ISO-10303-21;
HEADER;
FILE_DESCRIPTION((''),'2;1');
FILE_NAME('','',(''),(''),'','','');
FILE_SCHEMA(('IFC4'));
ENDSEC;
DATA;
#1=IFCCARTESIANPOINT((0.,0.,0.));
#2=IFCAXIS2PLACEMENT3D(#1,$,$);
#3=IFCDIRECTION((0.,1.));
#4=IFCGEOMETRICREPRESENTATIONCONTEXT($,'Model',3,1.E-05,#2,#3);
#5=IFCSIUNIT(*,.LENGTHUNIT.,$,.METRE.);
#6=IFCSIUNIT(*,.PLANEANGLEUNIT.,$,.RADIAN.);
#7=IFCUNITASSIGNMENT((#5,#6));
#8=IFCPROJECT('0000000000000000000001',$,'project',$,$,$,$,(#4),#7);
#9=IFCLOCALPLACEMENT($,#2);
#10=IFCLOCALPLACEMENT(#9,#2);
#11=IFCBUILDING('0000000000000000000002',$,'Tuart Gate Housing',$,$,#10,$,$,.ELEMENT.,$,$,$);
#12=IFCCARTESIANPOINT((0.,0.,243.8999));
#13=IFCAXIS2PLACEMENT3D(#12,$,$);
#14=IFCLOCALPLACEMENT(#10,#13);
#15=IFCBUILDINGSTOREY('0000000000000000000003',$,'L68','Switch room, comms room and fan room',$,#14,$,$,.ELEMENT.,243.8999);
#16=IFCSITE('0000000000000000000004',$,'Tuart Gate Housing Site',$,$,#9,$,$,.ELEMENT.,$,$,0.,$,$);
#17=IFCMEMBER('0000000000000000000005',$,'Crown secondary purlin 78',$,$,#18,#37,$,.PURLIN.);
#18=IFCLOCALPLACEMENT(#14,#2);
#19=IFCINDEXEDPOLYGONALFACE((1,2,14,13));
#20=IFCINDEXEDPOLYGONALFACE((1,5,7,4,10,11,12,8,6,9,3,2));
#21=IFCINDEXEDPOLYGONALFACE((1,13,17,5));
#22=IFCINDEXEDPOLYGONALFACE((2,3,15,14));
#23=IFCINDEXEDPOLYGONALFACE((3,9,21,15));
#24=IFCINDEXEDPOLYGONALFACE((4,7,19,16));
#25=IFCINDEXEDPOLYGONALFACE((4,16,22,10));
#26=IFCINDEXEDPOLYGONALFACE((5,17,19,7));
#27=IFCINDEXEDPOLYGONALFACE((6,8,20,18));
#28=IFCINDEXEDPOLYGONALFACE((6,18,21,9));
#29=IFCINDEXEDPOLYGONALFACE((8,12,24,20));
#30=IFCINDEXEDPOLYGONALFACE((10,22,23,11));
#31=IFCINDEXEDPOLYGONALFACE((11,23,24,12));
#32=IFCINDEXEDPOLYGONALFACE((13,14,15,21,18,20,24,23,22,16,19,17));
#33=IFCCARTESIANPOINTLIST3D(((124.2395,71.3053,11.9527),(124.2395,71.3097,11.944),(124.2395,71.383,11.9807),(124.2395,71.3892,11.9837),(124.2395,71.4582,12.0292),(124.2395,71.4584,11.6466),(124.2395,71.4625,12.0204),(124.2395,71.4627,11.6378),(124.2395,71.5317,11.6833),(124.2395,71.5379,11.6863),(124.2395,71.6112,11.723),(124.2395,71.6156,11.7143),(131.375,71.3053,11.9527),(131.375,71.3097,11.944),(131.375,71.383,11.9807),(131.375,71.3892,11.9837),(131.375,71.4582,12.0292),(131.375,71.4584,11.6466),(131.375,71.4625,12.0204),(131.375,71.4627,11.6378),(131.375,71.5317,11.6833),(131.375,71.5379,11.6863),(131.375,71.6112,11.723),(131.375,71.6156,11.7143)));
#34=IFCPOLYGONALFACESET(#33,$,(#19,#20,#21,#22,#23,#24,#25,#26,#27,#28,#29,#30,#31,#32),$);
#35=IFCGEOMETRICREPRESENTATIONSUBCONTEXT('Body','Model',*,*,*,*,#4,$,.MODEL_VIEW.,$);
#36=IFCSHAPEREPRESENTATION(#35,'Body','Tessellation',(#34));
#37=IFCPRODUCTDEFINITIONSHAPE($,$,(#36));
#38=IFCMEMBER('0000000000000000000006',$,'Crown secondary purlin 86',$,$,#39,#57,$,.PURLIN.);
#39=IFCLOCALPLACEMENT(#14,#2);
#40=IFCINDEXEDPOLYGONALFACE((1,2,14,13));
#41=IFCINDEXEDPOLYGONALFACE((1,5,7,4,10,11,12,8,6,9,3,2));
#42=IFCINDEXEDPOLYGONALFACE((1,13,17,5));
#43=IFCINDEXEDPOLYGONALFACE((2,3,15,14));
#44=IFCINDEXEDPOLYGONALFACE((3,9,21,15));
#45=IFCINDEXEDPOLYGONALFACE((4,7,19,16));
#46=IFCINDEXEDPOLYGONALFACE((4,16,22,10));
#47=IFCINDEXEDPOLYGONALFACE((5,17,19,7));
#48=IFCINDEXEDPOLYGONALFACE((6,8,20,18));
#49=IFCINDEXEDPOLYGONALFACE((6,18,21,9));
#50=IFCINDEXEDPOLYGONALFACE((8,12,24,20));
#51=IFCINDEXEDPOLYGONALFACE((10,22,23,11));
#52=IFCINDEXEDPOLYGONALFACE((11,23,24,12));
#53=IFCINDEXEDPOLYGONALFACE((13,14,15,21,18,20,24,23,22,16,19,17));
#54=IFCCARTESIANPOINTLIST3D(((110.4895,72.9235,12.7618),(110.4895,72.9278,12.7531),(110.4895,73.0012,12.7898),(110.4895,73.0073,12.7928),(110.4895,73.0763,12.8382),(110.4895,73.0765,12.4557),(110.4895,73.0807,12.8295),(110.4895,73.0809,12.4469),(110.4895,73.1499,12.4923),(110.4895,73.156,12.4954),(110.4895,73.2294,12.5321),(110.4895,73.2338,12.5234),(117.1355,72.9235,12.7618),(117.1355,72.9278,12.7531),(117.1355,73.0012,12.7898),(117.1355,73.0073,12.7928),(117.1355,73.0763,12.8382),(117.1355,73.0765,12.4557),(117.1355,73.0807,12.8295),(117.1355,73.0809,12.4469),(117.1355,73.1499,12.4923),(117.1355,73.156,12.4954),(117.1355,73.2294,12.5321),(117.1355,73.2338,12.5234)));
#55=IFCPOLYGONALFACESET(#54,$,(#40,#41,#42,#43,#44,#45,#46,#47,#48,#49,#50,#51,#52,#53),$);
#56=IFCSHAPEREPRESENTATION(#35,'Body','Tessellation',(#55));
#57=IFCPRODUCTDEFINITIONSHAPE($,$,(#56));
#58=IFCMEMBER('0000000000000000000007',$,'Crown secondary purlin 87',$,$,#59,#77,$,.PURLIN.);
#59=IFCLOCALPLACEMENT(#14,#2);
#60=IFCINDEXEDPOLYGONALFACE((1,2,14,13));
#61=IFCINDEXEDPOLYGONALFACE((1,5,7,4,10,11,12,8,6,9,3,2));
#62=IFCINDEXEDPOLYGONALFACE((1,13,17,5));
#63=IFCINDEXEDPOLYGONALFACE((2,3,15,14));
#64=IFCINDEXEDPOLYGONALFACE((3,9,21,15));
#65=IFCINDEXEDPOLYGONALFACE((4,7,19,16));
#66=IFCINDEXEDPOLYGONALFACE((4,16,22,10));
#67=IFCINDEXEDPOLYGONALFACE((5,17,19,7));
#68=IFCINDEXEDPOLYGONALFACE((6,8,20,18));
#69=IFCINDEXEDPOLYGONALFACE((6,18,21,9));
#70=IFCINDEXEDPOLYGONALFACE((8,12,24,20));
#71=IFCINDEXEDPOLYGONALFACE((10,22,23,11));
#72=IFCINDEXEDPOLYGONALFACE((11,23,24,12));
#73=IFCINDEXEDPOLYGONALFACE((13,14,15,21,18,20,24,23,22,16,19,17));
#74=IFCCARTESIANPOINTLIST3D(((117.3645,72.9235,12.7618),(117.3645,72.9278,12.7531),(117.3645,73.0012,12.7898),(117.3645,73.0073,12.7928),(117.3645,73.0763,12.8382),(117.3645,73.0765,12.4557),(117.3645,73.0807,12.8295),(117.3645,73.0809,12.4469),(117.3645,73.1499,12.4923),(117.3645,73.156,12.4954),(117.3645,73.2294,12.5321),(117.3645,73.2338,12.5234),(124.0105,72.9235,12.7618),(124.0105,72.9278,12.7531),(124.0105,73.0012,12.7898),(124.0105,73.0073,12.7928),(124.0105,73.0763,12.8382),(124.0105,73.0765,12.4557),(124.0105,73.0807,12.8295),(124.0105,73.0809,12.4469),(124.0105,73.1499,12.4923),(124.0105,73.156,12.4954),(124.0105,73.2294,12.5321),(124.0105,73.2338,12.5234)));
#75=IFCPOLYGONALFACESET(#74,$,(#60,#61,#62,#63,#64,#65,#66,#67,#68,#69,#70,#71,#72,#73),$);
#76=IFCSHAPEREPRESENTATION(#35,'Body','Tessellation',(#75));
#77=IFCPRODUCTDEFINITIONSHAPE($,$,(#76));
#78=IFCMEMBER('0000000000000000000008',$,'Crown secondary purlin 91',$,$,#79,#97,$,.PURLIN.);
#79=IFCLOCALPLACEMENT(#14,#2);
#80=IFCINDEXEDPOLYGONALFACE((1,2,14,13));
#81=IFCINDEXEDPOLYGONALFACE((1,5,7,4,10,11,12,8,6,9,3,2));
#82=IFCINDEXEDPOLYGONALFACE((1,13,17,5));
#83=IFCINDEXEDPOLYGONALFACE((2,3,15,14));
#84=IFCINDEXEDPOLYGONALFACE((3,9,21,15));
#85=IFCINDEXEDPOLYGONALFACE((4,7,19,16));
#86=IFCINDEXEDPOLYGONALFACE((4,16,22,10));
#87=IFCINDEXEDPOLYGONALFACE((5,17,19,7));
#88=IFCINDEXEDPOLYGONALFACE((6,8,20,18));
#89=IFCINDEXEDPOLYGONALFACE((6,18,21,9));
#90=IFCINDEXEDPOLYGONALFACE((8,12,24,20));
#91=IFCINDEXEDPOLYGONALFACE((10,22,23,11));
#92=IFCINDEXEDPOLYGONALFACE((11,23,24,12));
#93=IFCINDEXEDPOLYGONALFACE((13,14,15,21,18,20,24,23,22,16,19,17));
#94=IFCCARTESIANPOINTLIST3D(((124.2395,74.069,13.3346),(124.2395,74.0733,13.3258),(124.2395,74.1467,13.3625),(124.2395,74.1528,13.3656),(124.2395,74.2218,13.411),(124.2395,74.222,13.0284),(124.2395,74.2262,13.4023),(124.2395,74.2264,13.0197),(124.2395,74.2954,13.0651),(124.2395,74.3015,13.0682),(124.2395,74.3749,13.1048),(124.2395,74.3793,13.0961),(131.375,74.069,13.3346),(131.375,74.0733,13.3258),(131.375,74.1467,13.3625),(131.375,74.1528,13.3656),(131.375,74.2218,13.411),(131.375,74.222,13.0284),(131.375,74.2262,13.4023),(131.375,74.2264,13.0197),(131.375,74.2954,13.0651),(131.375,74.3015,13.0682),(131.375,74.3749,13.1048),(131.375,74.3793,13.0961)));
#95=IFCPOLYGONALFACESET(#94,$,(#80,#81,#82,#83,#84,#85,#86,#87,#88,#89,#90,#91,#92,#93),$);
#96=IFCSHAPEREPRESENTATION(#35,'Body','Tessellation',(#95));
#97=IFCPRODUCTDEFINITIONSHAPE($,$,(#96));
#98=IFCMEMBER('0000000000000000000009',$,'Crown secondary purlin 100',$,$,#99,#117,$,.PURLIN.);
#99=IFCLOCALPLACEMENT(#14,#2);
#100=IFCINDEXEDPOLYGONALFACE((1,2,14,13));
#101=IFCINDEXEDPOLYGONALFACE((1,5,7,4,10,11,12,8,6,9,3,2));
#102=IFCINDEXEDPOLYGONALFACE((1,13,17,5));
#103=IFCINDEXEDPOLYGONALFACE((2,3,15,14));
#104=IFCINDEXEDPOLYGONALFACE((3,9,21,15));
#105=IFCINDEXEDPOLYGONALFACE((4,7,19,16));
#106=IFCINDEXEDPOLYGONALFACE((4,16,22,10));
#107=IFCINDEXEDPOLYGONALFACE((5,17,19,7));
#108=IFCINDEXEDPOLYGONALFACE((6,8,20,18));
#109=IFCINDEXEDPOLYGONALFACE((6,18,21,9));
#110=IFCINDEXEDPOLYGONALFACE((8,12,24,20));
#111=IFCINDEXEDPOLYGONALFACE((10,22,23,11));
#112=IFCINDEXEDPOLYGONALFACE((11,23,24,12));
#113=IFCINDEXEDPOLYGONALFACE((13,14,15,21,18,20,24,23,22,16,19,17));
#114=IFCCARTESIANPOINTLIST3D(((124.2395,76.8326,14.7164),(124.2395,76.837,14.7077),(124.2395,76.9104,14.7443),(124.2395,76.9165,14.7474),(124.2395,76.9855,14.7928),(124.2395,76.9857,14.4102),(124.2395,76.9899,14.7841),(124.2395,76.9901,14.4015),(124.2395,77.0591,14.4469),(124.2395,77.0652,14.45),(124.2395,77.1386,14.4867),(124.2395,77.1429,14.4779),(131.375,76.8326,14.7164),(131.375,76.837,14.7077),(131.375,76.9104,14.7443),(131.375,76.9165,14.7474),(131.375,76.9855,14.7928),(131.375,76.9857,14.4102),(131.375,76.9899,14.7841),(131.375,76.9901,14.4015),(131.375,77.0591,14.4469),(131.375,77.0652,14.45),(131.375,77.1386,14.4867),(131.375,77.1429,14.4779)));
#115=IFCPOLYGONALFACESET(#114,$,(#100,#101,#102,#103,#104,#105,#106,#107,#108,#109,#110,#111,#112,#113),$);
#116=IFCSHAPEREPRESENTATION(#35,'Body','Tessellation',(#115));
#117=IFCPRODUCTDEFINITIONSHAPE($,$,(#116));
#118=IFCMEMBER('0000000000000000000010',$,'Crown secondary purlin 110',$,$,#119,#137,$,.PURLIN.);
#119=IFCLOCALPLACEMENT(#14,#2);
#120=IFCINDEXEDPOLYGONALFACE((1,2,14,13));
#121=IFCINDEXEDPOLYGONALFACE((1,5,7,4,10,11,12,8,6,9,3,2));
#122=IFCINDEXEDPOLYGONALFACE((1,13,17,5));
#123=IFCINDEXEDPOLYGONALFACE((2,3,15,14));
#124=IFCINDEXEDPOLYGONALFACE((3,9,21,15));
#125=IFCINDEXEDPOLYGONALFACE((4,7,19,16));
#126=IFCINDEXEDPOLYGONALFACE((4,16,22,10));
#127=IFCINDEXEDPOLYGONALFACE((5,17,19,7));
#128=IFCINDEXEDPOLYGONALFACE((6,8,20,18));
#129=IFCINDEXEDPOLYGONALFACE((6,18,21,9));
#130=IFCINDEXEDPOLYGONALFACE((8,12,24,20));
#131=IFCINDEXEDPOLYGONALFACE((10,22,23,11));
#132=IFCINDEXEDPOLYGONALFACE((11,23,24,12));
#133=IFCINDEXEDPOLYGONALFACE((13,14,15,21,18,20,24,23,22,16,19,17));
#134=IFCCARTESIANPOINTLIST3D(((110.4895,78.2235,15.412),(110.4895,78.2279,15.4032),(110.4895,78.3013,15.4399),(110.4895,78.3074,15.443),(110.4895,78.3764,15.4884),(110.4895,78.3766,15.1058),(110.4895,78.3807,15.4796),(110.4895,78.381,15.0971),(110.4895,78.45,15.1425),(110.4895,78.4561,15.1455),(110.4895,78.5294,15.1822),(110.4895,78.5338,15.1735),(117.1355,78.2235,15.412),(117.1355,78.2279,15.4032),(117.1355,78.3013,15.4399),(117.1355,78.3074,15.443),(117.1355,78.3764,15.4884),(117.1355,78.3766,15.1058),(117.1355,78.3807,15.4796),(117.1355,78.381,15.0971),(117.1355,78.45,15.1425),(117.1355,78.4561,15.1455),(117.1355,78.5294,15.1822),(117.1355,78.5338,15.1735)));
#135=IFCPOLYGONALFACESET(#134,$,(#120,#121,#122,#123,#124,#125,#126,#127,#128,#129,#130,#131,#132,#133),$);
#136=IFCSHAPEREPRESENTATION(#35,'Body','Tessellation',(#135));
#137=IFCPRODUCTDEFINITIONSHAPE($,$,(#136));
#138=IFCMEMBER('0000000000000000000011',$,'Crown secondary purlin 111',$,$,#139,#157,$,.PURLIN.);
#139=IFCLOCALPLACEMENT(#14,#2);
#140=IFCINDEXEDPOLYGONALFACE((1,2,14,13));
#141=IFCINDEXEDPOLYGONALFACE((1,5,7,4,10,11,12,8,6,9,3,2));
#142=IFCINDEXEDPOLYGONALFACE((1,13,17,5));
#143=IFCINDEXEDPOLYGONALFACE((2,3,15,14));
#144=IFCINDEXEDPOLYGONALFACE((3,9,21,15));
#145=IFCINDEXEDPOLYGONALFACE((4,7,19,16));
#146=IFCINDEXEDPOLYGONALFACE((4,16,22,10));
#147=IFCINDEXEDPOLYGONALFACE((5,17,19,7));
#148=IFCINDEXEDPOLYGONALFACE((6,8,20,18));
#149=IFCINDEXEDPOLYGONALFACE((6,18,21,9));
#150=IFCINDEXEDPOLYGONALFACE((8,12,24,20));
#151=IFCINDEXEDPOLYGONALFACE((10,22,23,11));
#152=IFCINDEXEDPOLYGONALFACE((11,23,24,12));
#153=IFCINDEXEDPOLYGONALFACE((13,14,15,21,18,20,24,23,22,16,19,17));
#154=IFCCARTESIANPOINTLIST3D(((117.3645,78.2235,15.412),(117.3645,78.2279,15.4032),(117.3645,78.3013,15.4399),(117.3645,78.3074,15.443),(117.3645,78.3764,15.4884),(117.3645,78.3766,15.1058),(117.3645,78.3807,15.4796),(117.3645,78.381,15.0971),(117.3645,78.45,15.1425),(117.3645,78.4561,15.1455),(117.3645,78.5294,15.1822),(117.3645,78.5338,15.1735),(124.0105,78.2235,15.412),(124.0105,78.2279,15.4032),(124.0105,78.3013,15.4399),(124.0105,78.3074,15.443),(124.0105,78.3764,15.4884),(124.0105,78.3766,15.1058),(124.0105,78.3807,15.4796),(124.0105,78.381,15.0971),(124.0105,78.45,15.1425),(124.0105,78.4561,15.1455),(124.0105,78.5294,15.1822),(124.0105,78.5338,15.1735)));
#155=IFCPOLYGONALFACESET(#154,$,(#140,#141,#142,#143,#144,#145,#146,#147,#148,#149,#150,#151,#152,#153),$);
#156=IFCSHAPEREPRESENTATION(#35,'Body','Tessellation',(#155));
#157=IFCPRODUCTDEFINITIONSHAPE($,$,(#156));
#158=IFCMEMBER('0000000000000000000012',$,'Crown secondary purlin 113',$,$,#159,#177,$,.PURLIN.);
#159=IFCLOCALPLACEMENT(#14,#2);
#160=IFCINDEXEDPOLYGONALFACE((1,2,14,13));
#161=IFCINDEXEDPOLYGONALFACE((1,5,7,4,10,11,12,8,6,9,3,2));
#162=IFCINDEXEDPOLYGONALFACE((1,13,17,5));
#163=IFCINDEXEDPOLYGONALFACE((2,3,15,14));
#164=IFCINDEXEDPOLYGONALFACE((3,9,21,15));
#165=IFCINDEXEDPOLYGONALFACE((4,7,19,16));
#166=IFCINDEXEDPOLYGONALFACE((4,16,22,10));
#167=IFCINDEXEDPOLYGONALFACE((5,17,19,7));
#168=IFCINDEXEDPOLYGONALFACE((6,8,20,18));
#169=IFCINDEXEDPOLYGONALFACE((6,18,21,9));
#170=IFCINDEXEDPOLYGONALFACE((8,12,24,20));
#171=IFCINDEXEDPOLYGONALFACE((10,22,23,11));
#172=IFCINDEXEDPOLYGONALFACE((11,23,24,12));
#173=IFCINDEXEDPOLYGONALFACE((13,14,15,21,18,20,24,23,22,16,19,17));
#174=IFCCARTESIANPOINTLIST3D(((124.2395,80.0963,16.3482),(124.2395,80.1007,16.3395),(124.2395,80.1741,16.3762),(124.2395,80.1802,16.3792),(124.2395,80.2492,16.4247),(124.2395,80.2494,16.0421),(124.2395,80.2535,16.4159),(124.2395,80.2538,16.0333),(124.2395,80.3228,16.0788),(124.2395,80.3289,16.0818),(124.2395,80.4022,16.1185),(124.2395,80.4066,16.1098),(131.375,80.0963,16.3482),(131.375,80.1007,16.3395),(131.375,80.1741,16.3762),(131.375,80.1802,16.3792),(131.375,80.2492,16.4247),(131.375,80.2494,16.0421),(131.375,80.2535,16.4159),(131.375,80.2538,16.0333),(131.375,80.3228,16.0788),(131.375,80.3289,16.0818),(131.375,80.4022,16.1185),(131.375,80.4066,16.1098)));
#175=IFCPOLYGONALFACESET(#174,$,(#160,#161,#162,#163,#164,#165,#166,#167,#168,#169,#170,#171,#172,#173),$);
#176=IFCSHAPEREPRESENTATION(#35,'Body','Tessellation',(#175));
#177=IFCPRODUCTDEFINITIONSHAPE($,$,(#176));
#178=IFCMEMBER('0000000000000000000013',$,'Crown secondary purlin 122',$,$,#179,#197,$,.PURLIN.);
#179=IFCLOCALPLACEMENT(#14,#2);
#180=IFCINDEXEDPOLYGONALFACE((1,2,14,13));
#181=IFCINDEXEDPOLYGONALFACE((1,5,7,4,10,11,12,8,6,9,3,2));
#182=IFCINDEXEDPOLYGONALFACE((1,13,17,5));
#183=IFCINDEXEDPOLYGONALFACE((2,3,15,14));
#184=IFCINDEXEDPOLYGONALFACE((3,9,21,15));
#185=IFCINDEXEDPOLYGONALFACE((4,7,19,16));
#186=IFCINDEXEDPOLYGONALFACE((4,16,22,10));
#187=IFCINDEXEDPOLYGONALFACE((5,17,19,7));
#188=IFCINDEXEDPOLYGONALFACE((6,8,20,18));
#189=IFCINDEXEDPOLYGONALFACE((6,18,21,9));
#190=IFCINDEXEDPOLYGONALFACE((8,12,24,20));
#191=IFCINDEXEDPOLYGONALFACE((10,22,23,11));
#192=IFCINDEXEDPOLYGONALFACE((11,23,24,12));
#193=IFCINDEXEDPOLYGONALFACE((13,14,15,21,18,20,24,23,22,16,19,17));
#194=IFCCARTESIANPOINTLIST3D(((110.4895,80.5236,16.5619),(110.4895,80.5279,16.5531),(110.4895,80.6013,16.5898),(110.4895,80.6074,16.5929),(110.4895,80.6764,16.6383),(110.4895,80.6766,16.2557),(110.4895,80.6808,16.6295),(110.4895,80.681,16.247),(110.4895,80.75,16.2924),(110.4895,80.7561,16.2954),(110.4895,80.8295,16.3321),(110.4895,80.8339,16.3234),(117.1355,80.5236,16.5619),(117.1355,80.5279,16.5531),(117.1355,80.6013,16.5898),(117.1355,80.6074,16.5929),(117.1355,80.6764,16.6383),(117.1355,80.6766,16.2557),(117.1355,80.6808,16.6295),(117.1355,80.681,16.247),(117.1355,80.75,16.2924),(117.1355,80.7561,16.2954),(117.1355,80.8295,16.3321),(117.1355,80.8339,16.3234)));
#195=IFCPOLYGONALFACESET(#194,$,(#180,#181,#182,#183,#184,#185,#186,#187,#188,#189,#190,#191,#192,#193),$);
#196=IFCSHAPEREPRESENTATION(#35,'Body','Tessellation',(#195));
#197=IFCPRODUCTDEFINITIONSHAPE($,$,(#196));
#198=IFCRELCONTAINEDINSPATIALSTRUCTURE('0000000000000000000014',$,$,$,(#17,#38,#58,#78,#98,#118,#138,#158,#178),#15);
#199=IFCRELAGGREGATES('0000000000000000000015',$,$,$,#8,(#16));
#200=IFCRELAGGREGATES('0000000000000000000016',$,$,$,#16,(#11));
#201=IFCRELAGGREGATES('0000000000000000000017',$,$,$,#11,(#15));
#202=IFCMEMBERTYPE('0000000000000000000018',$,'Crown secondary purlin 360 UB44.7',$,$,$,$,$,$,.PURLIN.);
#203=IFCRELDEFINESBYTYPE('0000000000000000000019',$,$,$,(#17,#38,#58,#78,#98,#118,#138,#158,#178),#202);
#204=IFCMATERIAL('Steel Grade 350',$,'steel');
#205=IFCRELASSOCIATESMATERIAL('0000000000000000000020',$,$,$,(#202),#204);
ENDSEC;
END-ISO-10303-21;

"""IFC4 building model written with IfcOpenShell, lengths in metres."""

from ifc_helpers import new_model, si_unit, direction, frame, origin, origin_2d, place, context, subcontext, project, spatial, i_section, extrude, material, material_profile, profile_set, type_object, element, save


model = new_model("IFC4")

# Units and contexts
model_context = context("Model", 3, precision=1e-05, world=origin(), true_north=direction((0.0, 1.0)))
body_context = subcontext(model_context, "Body", "Model", "MODEL_VIEW")
ifc_project = project(units=[si_unit("LENGTHUNIT", "METRE"), si_unit("PLANEANGLEUNIT", "RADIAN")], contexts=[model_context])

# Site, building, storey
site_placement = place(None, origin())
site = spatial("IfcSite", under=ifc_project, at=site_placement, Name="Tuart Gate Housing Site", CompositionType="ELEMENT", RefElevation=0.0)
building_placement = place(site_placement, origin())
building = spatial("IfcBuilding", under=site, at=building_placement, Name="Tuart Gate Housing", CompositionType="ELEMENT")
storey_placement = place(building_placement, frame((0.0, 0.0, 243.8999)))
storey = spatial("IfcBuildingStorey", under=building, at=storey_placement, Name="L68", Description="Switch room, comms room and fan room", CompositionType="ELEMENT", Elevation=243.8999)

# Members
ifc_material_1 = material(Name="Steel Grade 350", Category="steel")
ifc_material_profile_1 = material_profile(ifc_material_1, i_section(OverallWidth=0.1709, OverallDepth=0.3521, WebThickness=0.0068, FlangeThickness=0.0098, at=origin_2d()), Name="360UB44.7")
ifc_profile_set_1 = profile_set([ifc_material_profile_1], Name="Steel Grade 350")
member_type_1 = type_object("IfcMemberType", Name="Crown secondary purlin 360 UB44.7", PredefinedType="PURLIN", material=ifc_profile_set_1)
member_1_placement = place(storey_placement, frame((124.2395, 71.4604, 11.8335), z_axis=(1.0, 0.0, 0.0), x_axis=(0.0, 0.894427, 0.447214)))
element("IfcMember", 1, at=member_1_placement, inside=storey, type_object=member_type_1, Name="Crown secondary purlin 78", PredefinedType="PURLIN", context=body_context, shape_type="SweptSolid", body=[
    extrude(i_section(OverallWidth=0.1709, OverallDepth=0.3521, WebThickness=0.0068, FlangeThickness=0.0098, at=origin_2d()), origin(), (0.0, 0.0, 1.0), 7.1355),
])
for number, where, z_axis, x_axis, name in (
    (2, (110.4895, 73.0786, 12.6426), (1.0, 0.0, 0.0), (0.0, 0.894427, 0.447214), "Crown secondary purlin 86"),
    (3, (117.3645, 73.0786, 12.6426), (1.0, 0.0, 0.0), (0.0, 0.894427, 0.447214), "Crown secondary purlin 87"),
):
    element("IfcMember", number, at=place(storey_placement, frame(where, z_axis=z_axis, x_axis=x_axis)), inside=storey, type_object=member_type_1, Name=name, PredefinedType="PURLIN", context=body_context, shape_type="SweptSolid", body=[
        extrude(i_section(OverallWidth=0.1709, OverallDepth=0.3521, WebThickness=0.0068, FlangeThickness=0.0098, at=origin_2d()), origin(), (0.0, 0.0, 1.0), 6.646),
    ])
for number, where, z_axis, x_axis, name in (
    (4, (124.2395, 74.2241, 13.2153), (1.0, 0.0, 0.0), (0.0, 0.894427, 0.447214), "Crown secondary purlin 91"),
    (5, (124.2395, 76.9878, 14.5972), (1.0, 0.0, 0.0), (0.0, 0.894427, 0.447214), "Crown secondary purlin 100"),
):
    element("IfcMember", number, at=place(storey_placement, frame(where, z_axis=z_axis, x_axis=x_axis)), inside=storey, type_object=member_type_1, Name=name, PredefinedType="PURLIN", context=body_context, shape_type="SweptSolid", body=[
        extrude(i_section(OverallWidth=0.1709, OverallDepth=0.3521, WebThickness=0.0068, FlangeThickness=0.0098, at=origin_2d()), origin(), (0.0, 0.0, 1.0), 7.1355),
    ])
for number, where, z_axis, x_axis, name in (
    (6, (110.4895, 78.3787, 15.2927), (1.0, 0.0, 0.0), (0.0, 0.894427, 0.447214), "Crown secondary purlin 110"),
    (7, (117.3645, 78.3787, 15.2927), (1.0, 0.0, 0.0), (0.0, 0.894427, 0.447214), "Crown secondary purlin 111"),
):
    element("IfcMember", number, at=place(storey_placement, frame(where, z_axis=z_axis, x_axis=x_axis)), inside=storey, type_object=member_type_1, Name=name, PredefinedType="PURLIN", context=body_context, shape_type="SweptSolid", body=[
        extrude(i_section(OverallWidth=0.1709, OverallDepth=0.3521, WebThickness=0.0068, FlangeThickness=0.0098, at=origin_2d()), origin(), (0.0, 0.0, 1.0), 6.646),
    ])
member_2_placement = place(storey_placement, frame((124.2395, 80.2515, 16.229), z_axis=(1.0, 0.0, 0.0), x_axis=(0.0, 0.894427, 0.447214)))
element("IfcMember", 8, at=member_2_placement, inside=storey, type_object=member_type_1, Name="Crown secondary purlin 113", PredefinedType="PURLIN", context=body_context, shape_type="SweptSolid", body=[
    extrude(i_section(OverallWidth=0.1709, OverallDepth=0.3521, WebThickness=0.0068, FlangeThickness=0.0098, at=origin_2d()), origin(), (0.0, 0.0, 1.0), 7.1355),
])
for number, where, z_axis, x_axis, name in (
    (9, (110.4895, 80.6787, 16.4426), (1.0, 0.0, 0.0), (0.0, 0.894427, 0.447214), "Crown secondary purlin 122"),
):
    element("IfcMember", number, at=place(storey_placement, frame(where, z_axis=z_axis, x_axis=x_axis)), inside=storey, type_object=member_type_1, Name=name, PredefinedType="PURLIN", context=body_context, shape_type="SweptSolid", body=[
        extrude(i_section(OverallWidth=0.1709, OverallDepth=0.3521, WebThickness=0.0068, FlangeThickness=0.0098, at=origin_2d()), origin(), (0.0, 0.0, 1.0), 6.646),
    ])

save(model, "model.ifc")
